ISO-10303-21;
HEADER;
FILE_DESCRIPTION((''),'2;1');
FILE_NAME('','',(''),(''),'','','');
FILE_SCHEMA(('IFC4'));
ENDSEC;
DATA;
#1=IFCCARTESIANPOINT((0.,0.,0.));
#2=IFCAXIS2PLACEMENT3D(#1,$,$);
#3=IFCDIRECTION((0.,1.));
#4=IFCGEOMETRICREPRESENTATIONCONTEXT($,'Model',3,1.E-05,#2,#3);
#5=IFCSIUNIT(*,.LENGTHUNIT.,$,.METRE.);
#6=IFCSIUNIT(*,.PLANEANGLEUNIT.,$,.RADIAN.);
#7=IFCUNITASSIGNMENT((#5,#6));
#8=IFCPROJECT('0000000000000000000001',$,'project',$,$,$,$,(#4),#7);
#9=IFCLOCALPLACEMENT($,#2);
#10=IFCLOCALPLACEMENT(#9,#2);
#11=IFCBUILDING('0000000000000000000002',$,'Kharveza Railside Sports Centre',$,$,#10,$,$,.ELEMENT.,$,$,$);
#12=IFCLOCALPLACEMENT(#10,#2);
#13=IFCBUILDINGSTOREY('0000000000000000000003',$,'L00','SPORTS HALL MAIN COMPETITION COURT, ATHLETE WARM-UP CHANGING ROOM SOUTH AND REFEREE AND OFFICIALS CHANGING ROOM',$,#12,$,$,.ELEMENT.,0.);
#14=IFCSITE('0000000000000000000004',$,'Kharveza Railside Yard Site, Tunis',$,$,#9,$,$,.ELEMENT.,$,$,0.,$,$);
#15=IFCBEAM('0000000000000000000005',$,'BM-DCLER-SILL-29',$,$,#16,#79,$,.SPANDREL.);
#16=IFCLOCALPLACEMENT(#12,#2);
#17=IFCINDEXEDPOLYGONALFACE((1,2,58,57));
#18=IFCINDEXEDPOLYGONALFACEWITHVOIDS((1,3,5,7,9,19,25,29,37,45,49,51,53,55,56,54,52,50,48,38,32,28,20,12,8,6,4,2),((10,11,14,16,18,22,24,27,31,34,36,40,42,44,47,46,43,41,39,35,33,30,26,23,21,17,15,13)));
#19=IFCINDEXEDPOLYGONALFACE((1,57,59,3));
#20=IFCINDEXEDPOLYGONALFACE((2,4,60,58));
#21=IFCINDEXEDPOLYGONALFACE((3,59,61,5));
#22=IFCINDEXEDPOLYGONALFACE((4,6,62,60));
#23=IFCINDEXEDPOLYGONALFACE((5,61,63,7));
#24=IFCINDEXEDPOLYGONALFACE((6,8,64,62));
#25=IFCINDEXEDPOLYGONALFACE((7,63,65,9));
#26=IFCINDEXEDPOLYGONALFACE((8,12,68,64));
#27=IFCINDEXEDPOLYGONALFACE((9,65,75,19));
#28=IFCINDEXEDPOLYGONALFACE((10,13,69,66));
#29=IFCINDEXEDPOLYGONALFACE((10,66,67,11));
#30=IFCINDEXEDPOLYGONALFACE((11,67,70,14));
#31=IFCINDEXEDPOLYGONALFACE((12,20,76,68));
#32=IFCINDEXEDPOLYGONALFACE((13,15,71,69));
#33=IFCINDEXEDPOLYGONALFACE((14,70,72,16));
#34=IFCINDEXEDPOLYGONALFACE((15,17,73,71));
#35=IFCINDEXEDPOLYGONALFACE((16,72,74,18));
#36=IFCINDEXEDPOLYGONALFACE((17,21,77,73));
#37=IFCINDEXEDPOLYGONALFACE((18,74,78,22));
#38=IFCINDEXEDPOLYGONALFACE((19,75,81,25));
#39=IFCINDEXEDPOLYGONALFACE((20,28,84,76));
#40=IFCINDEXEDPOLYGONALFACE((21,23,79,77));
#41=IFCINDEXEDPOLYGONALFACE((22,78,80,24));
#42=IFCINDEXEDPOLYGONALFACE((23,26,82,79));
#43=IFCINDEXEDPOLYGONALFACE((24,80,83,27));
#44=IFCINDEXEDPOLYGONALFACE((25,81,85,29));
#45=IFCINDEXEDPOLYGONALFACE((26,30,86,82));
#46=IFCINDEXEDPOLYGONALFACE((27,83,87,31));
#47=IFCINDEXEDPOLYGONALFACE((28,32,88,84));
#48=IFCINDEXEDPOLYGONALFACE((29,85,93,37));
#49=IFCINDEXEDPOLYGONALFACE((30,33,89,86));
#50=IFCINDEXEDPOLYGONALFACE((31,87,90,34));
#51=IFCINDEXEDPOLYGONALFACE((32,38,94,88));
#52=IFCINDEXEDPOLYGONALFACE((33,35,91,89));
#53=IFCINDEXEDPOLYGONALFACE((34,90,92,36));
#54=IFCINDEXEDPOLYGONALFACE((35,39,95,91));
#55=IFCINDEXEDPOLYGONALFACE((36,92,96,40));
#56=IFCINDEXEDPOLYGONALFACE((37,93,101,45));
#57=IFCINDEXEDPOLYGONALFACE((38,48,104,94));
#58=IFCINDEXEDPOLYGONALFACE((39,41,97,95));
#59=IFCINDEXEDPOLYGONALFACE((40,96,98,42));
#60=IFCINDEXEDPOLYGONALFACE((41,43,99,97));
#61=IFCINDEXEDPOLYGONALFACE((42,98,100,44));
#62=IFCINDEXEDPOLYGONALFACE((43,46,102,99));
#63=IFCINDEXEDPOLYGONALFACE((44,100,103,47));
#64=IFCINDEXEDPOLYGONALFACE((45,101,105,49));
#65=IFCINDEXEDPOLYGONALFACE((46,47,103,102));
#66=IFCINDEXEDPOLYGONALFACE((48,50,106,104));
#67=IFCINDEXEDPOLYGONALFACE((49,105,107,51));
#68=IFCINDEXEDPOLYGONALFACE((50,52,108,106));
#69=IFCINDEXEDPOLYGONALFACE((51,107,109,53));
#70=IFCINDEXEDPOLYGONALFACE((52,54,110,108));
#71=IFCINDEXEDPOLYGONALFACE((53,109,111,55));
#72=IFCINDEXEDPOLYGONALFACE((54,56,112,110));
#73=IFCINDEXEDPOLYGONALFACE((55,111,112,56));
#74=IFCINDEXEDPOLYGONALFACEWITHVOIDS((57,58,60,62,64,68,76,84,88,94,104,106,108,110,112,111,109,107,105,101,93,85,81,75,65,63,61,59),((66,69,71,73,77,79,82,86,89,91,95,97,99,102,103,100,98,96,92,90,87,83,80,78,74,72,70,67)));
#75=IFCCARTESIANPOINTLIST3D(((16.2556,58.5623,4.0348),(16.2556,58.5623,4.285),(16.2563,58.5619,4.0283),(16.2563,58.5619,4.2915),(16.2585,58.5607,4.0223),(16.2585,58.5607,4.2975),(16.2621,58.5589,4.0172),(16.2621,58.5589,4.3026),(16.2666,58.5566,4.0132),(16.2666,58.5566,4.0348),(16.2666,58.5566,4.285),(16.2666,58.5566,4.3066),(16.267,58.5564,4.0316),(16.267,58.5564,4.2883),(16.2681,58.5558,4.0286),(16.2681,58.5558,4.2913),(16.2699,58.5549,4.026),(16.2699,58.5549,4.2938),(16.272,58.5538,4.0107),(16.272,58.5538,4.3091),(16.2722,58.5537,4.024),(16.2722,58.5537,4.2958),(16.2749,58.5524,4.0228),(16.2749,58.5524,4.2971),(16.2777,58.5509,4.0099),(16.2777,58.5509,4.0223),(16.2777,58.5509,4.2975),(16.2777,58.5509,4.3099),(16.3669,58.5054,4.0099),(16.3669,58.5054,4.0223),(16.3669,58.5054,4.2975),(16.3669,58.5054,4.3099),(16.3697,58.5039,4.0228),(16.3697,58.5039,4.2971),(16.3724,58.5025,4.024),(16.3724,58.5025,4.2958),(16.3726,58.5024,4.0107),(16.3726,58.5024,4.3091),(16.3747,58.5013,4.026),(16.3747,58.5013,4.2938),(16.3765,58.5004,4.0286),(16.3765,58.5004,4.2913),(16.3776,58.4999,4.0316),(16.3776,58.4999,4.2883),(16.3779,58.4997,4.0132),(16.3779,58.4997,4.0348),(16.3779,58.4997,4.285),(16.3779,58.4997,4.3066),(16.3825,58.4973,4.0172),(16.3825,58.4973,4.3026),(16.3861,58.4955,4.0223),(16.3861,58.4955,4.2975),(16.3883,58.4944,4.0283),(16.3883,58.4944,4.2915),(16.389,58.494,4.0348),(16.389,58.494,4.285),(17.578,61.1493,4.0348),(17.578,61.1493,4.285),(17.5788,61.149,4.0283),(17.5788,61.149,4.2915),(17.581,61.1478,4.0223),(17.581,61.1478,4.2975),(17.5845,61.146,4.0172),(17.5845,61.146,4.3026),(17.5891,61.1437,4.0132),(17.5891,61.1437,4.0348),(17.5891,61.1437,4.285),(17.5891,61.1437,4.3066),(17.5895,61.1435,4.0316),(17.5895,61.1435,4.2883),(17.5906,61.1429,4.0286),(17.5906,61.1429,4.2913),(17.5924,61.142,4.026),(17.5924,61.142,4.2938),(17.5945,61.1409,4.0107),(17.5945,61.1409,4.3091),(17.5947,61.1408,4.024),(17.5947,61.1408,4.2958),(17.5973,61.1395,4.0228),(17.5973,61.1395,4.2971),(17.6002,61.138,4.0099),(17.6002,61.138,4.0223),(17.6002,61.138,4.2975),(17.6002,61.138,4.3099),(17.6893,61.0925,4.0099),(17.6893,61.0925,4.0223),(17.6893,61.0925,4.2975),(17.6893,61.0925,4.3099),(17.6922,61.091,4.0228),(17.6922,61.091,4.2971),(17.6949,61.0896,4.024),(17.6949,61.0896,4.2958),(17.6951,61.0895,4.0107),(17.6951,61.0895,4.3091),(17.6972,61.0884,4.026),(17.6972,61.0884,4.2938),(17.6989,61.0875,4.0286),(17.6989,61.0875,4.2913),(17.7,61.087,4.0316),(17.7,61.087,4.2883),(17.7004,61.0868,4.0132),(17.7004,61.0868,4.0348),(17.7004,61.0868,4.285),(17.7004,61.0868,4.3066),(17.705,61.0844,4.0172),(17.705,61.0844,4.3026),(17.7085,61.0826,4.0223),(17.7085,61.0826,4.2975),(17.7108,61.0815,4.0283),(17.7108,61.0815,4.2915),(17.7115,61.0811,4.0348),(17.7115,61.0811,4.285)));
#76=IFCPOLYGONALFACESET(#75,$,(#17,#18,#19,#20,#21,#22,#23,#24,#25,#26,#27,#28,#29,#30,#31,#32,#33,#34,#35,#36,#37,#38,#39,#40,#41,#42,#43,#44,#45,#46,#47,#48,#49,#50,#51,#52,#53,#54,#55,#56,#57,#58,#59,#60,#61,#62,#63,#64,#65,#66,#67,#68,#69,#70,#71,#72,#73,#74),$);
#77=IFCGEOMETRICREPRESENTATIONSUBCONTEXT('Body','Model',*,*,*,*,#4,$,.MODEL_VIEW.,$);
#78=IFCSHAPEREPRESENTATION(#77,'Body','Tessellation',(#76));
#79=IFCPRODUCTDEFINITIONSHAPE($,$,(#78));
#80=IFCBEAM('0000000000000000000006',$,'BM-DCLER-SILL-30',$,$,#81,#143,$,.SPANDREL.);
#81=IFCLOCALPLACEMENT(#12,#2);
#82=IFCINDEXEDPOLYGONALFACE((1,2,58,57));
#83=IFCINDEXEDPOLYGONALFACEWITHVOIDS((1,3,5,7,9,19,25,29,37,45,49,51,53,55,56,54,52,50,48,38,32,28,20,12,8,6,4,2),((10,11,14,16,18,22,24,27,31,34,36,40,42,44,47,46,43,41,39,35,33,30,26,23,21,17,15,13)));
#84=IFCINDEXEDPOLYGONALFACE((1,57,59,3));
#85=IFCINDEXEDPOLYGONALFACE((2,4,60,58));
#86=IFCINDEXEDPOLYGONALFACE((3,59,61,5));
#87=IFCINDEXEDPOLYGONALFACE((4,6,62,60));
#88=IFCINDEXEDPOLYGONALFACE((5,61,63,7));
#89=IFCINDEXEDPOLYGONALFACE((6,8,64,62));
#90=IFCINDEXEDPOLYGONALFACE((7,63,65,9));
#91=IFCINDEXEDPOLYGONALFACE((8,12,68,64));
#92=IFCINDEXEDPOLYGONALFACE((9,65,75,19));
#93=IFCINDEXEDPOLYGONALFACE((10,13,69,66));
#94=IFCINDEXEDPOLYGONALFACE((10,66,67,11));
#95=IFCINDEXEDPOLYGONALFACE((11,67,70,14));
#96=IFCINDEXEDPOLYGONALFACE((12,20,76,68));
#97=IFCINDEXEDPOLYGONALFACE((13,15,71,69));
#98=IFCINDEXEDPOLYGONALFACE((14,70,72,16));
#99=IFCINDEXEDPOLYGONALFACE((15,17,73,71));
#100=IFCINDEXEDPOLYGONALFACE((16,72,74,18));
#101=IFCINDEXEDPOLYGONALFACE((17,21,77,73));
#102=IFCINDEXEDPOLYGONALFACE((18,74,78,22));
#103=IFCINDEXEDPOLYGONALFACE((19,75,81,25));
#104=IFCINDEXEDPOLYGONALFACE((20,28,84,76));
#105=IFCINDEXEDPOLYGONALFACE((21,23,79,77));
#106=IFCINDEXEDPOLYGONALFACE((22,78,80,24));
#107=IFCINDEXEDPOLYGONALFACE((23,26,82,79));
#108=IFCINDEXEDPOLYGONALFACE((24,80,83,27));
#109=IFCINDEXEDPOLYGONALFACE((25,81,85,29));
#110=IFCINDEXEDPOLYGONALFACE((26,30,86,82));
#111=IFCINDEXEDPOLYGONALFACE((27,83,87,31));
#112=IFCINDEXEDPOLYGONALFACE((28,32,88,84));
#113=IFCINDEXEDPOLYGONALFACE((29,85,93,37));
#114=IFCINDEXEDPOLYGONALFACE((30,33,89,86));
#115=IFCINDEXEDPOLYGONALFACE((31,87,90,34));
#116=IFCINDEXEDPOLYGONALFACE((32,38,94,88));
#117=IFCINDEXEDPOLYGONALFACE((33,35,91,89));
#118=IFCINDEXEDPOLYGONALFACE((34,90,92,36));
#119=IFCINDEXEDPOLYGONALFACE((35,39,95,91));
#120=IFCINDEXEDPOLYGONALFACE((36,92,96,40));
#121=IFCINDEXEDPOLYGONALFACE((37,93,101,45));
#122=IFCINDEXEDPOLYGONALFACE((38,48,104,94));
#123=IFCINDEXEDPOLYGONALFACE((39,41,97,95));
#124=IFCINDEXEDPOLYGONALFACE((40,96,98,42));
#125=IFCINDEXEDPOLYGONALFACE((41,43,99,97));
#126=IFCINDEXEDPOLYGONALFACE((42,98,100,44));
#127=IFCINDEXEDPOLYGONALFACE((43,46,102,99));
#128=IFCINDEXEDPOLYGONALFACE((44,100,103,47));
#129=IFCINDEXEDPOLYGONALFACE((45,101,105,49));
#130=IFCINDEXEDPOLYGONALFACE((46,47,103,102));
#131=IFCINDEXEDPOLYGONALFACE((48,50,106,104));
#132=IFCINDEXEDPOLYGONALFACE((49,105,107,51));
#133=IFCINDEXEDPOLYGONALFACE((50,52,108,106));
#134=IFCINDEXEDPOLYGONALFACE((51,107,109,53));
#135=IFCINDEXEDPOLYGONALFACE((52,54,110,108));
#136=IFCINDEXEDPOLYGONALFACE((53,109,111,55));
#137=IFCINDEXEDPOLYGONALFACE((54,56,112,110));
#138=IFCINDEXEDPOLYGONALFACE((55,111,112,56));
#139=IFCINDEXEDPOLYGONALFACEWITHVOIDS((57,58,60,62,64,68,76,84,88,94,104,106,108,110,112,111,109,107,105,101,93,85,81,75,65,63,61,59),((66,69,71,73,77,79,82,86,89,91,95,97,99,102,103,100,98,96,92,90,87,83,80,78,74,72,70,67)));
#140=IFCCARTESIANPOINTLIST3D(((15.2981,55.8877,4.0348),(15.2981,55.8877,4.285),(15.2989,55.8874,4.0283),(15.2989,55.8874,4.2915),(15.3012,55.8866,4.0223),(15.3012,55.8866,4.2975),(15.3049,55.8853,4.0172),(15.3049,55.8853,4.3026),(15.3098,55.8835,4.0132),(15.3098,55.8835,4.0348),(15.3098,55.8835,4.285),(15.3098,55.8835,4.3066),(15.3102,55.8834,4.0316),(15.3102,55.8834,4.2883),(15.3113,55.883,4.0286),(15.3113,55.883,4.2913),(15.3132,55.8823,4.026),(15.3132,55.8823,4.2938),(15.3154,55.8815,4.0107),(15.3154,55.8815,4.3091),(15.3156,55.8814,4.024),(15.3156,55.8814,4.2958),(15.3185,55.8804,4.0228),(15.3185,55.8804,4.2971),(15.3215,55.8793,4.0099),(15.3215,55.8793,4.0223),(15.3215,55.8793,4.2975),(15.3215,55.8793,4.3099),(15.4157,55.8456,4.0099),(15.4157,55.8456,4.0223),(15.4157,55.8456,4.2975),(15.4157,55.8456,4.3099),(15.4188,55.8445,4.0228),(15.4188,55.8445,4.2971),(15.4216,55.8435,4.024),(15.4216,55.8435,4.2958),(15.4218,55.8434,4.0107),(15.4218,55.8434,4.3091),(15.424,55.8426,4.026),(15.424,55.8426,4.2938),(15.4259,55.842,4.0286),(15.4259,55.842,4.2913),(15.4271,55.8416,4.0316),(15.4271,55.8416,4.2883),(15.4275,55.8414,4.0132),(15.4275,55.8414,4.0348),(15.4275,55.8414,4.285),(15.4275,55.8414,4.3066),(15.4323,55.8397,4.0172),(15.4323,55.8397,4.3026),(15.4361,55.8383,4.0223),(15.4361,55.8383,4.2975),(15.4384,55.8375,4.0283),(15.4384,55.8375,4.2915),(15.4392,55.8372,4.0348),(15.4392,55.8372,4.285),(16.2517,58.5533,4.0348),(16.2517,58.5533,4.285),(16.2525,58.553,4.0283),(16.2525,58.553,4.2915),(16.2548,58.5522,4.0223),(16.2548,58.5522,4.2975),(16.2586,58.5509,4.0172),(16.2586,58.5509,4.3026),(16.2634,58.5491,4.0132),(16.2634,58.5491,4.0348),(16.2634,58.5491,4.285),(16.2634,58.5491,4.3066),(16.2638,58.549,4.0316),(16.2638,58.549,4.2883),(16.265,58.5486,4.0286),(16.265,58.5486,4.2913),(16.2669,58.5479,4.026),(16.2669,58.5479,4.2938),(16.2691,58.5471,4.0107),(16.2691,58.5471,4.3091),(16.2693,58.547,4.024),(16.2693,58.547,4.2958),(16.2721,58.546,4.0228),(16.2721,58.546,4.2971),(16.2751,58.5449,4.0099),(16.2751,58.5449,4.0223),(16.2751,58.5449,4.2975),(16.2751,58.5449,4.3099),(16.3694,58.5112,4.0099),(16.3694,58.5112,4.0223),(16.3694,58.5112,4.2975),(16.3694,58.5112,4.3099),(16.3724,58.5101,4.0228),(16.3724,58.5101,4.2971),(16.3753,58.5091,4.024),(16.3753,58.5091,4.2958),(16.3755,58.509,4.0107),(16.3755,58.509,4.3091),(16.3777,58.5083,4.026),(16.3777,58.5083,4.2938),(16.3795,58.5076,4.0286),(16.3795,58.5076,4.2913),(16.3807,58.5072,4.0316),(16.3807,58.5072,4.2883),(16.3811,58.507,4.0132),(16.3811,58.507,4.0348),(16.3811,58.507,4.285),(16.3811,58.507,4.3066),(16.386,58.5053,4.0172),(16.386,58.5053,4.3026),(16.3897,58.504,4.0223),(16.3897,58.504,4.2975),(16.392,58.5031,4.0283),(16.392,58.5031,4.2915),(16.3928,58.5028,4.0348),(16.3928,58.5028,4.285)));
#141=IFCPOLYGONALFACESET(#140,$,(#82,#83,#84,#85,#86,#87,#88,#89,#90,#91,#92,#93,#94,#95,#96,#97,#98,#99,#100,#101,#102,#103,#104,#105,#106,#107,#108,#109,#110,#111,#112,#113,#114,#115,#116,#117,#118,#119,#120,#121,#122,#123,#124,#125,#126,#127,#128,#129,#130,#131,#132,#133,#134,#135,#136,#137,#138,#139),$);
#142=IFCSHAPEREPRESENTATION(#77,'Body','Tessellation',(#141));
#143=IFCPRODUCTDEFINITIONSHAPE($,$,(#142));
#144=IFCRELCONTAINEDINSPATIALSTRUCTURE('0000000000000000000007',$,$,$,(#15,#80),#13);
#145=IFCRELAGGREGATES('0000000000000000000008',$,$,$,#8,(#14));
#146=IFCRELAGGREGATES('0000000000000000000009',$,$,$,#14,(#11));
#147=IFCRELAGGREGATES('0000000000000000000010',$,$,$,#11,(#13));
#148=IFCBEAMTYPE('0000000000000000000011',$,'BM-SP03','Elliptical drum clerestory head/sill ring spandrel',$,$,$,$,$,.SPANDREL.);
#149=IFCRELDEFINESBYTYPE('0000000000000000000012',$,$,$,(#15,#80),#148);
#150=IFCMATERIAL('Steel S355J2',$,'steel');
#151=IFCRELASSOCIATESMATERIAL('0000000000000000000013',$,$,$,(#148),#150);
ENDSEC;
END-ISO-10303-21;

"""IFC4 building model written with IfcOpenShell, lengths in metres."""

from ifc_helpers import new_model, si_unit, direction, frame, origin, origin_2d, place, context, subcontext, project, spatial, hollow_rectangle, extrude, material, material_profile, profile_set, type_object, element, save


model = new_model("IFC4")

# Units and contexts
model_context = context("Model", 3, precision=1e-05, world=origin(), true_north=direction((0.0, 1.0)))
body_context = subcontext(model_context, "Body", "Model", "MODEL_VIEW")
ifc_project = project(units=[si_unit("LENGTHUNIT", "METRE"), si_unit("PLANEANGLEUNIT", "RADIAN")], contexts=[model_context])

# Site, building, storey
site_placement = place(None, origin())
site = spatial("IfcSite", under=ifc_project, at=site_placement, Name="Kharveza Railside Yard Site, Tunis", CompositionType="ELEMENT", RefElevation=0.0)
building_placement = place(site_placement, origin())
building = spatial("IfcBuilding", under=site, at=building_placement, Name="Kharveza Railside Sports Centre", CompositionType="ELEMENT")
storey_placement = place(building_placement, origin())
storey = spatial("IfcBuildingStorey", under=building, at=storey_placement, Name="L00", Description="SPORTS HALL MAIN COMPETITION COURT, ATHLETE WARM-UP CHANGING ROOM SOUTH AND REFEREE AND OFFICIALS CHANGING ROOM", CompositionType="ELEMENT", Elevation=0.0)

# Shared definitions
ifc_material_1 = material(Name="Steel S355J2", Category="steel")

# Beams
ifc_material_profile_1 = material_profile(ifc_material_1, hollow_rectangle(XDim=0.1499, YDim=0.3, WallThickness=0.0125, InnerFilletRadius=0.0125, OuterFilletRadius=0.0249, at=origin_2d()), Name="RHS 150x300x12.5")
ifc_profile_set_1 = profile_set([ifc_material_profile_1], Name="Steel S355J2")
beam_type_1 = type_object("IfcBeamType", Name="BM-SP03", Description="Elliptical drum clerestory head/sill ring spandrel", PredefinedType="SPANDREL", material=ifc_profile_set_1)
beam_1_placement = place(storey_placement, frame((17.6448, 61.1152, 4.1599), z_axis=(-0.455161, -0.890409, 0.0), x_axis=(0.890409, -0.455161, 0.0)))
element("IfcBeam", 1, at=beam_1_placement, inside=storey, type_object=beam_type_1, Name="BM-DCLER-SILL-29", PredefinedType="SPANDREL", context=body_context, shape_type="SweptSolid", body=[
    extrude(hollow_rectangle(XDim=0.1499, YDim=0.3, WallThickness=0.0125, InnerFilletRadius=0.0125, OuterFilletRadius=0.0249, at=origin_2d()), origin(), (0.0, 0.0, 1.0), 2.9055),
])
beam_2_placement = place(storey_placement, frame((16.3223, 58.5281, 4.1599), z_axis=(-0.33685, -0.941558, 0.0), x_axis=(0.941558, -0.33685, 0.0)))
element("IfcBeam", 2, at=beam_2_placement, inside=storey, type_object=beam_type_1, Name="BM-DCLER-SILL-30", PredefinedType="SPANDREL", context=body_context, shape_type="SweptSolid", body=[
    extrude(hollow_rectangle(XDim=0.1499, YDim=0.3, WallThickness=0.0125, InnerFilletRadius=0.0125, OuterFilletRadius=0.0249, at=origin_2d()), origin(), (0.0, 0.0, 1.0), 2.8311),
])

save(model, "model.ifc")
